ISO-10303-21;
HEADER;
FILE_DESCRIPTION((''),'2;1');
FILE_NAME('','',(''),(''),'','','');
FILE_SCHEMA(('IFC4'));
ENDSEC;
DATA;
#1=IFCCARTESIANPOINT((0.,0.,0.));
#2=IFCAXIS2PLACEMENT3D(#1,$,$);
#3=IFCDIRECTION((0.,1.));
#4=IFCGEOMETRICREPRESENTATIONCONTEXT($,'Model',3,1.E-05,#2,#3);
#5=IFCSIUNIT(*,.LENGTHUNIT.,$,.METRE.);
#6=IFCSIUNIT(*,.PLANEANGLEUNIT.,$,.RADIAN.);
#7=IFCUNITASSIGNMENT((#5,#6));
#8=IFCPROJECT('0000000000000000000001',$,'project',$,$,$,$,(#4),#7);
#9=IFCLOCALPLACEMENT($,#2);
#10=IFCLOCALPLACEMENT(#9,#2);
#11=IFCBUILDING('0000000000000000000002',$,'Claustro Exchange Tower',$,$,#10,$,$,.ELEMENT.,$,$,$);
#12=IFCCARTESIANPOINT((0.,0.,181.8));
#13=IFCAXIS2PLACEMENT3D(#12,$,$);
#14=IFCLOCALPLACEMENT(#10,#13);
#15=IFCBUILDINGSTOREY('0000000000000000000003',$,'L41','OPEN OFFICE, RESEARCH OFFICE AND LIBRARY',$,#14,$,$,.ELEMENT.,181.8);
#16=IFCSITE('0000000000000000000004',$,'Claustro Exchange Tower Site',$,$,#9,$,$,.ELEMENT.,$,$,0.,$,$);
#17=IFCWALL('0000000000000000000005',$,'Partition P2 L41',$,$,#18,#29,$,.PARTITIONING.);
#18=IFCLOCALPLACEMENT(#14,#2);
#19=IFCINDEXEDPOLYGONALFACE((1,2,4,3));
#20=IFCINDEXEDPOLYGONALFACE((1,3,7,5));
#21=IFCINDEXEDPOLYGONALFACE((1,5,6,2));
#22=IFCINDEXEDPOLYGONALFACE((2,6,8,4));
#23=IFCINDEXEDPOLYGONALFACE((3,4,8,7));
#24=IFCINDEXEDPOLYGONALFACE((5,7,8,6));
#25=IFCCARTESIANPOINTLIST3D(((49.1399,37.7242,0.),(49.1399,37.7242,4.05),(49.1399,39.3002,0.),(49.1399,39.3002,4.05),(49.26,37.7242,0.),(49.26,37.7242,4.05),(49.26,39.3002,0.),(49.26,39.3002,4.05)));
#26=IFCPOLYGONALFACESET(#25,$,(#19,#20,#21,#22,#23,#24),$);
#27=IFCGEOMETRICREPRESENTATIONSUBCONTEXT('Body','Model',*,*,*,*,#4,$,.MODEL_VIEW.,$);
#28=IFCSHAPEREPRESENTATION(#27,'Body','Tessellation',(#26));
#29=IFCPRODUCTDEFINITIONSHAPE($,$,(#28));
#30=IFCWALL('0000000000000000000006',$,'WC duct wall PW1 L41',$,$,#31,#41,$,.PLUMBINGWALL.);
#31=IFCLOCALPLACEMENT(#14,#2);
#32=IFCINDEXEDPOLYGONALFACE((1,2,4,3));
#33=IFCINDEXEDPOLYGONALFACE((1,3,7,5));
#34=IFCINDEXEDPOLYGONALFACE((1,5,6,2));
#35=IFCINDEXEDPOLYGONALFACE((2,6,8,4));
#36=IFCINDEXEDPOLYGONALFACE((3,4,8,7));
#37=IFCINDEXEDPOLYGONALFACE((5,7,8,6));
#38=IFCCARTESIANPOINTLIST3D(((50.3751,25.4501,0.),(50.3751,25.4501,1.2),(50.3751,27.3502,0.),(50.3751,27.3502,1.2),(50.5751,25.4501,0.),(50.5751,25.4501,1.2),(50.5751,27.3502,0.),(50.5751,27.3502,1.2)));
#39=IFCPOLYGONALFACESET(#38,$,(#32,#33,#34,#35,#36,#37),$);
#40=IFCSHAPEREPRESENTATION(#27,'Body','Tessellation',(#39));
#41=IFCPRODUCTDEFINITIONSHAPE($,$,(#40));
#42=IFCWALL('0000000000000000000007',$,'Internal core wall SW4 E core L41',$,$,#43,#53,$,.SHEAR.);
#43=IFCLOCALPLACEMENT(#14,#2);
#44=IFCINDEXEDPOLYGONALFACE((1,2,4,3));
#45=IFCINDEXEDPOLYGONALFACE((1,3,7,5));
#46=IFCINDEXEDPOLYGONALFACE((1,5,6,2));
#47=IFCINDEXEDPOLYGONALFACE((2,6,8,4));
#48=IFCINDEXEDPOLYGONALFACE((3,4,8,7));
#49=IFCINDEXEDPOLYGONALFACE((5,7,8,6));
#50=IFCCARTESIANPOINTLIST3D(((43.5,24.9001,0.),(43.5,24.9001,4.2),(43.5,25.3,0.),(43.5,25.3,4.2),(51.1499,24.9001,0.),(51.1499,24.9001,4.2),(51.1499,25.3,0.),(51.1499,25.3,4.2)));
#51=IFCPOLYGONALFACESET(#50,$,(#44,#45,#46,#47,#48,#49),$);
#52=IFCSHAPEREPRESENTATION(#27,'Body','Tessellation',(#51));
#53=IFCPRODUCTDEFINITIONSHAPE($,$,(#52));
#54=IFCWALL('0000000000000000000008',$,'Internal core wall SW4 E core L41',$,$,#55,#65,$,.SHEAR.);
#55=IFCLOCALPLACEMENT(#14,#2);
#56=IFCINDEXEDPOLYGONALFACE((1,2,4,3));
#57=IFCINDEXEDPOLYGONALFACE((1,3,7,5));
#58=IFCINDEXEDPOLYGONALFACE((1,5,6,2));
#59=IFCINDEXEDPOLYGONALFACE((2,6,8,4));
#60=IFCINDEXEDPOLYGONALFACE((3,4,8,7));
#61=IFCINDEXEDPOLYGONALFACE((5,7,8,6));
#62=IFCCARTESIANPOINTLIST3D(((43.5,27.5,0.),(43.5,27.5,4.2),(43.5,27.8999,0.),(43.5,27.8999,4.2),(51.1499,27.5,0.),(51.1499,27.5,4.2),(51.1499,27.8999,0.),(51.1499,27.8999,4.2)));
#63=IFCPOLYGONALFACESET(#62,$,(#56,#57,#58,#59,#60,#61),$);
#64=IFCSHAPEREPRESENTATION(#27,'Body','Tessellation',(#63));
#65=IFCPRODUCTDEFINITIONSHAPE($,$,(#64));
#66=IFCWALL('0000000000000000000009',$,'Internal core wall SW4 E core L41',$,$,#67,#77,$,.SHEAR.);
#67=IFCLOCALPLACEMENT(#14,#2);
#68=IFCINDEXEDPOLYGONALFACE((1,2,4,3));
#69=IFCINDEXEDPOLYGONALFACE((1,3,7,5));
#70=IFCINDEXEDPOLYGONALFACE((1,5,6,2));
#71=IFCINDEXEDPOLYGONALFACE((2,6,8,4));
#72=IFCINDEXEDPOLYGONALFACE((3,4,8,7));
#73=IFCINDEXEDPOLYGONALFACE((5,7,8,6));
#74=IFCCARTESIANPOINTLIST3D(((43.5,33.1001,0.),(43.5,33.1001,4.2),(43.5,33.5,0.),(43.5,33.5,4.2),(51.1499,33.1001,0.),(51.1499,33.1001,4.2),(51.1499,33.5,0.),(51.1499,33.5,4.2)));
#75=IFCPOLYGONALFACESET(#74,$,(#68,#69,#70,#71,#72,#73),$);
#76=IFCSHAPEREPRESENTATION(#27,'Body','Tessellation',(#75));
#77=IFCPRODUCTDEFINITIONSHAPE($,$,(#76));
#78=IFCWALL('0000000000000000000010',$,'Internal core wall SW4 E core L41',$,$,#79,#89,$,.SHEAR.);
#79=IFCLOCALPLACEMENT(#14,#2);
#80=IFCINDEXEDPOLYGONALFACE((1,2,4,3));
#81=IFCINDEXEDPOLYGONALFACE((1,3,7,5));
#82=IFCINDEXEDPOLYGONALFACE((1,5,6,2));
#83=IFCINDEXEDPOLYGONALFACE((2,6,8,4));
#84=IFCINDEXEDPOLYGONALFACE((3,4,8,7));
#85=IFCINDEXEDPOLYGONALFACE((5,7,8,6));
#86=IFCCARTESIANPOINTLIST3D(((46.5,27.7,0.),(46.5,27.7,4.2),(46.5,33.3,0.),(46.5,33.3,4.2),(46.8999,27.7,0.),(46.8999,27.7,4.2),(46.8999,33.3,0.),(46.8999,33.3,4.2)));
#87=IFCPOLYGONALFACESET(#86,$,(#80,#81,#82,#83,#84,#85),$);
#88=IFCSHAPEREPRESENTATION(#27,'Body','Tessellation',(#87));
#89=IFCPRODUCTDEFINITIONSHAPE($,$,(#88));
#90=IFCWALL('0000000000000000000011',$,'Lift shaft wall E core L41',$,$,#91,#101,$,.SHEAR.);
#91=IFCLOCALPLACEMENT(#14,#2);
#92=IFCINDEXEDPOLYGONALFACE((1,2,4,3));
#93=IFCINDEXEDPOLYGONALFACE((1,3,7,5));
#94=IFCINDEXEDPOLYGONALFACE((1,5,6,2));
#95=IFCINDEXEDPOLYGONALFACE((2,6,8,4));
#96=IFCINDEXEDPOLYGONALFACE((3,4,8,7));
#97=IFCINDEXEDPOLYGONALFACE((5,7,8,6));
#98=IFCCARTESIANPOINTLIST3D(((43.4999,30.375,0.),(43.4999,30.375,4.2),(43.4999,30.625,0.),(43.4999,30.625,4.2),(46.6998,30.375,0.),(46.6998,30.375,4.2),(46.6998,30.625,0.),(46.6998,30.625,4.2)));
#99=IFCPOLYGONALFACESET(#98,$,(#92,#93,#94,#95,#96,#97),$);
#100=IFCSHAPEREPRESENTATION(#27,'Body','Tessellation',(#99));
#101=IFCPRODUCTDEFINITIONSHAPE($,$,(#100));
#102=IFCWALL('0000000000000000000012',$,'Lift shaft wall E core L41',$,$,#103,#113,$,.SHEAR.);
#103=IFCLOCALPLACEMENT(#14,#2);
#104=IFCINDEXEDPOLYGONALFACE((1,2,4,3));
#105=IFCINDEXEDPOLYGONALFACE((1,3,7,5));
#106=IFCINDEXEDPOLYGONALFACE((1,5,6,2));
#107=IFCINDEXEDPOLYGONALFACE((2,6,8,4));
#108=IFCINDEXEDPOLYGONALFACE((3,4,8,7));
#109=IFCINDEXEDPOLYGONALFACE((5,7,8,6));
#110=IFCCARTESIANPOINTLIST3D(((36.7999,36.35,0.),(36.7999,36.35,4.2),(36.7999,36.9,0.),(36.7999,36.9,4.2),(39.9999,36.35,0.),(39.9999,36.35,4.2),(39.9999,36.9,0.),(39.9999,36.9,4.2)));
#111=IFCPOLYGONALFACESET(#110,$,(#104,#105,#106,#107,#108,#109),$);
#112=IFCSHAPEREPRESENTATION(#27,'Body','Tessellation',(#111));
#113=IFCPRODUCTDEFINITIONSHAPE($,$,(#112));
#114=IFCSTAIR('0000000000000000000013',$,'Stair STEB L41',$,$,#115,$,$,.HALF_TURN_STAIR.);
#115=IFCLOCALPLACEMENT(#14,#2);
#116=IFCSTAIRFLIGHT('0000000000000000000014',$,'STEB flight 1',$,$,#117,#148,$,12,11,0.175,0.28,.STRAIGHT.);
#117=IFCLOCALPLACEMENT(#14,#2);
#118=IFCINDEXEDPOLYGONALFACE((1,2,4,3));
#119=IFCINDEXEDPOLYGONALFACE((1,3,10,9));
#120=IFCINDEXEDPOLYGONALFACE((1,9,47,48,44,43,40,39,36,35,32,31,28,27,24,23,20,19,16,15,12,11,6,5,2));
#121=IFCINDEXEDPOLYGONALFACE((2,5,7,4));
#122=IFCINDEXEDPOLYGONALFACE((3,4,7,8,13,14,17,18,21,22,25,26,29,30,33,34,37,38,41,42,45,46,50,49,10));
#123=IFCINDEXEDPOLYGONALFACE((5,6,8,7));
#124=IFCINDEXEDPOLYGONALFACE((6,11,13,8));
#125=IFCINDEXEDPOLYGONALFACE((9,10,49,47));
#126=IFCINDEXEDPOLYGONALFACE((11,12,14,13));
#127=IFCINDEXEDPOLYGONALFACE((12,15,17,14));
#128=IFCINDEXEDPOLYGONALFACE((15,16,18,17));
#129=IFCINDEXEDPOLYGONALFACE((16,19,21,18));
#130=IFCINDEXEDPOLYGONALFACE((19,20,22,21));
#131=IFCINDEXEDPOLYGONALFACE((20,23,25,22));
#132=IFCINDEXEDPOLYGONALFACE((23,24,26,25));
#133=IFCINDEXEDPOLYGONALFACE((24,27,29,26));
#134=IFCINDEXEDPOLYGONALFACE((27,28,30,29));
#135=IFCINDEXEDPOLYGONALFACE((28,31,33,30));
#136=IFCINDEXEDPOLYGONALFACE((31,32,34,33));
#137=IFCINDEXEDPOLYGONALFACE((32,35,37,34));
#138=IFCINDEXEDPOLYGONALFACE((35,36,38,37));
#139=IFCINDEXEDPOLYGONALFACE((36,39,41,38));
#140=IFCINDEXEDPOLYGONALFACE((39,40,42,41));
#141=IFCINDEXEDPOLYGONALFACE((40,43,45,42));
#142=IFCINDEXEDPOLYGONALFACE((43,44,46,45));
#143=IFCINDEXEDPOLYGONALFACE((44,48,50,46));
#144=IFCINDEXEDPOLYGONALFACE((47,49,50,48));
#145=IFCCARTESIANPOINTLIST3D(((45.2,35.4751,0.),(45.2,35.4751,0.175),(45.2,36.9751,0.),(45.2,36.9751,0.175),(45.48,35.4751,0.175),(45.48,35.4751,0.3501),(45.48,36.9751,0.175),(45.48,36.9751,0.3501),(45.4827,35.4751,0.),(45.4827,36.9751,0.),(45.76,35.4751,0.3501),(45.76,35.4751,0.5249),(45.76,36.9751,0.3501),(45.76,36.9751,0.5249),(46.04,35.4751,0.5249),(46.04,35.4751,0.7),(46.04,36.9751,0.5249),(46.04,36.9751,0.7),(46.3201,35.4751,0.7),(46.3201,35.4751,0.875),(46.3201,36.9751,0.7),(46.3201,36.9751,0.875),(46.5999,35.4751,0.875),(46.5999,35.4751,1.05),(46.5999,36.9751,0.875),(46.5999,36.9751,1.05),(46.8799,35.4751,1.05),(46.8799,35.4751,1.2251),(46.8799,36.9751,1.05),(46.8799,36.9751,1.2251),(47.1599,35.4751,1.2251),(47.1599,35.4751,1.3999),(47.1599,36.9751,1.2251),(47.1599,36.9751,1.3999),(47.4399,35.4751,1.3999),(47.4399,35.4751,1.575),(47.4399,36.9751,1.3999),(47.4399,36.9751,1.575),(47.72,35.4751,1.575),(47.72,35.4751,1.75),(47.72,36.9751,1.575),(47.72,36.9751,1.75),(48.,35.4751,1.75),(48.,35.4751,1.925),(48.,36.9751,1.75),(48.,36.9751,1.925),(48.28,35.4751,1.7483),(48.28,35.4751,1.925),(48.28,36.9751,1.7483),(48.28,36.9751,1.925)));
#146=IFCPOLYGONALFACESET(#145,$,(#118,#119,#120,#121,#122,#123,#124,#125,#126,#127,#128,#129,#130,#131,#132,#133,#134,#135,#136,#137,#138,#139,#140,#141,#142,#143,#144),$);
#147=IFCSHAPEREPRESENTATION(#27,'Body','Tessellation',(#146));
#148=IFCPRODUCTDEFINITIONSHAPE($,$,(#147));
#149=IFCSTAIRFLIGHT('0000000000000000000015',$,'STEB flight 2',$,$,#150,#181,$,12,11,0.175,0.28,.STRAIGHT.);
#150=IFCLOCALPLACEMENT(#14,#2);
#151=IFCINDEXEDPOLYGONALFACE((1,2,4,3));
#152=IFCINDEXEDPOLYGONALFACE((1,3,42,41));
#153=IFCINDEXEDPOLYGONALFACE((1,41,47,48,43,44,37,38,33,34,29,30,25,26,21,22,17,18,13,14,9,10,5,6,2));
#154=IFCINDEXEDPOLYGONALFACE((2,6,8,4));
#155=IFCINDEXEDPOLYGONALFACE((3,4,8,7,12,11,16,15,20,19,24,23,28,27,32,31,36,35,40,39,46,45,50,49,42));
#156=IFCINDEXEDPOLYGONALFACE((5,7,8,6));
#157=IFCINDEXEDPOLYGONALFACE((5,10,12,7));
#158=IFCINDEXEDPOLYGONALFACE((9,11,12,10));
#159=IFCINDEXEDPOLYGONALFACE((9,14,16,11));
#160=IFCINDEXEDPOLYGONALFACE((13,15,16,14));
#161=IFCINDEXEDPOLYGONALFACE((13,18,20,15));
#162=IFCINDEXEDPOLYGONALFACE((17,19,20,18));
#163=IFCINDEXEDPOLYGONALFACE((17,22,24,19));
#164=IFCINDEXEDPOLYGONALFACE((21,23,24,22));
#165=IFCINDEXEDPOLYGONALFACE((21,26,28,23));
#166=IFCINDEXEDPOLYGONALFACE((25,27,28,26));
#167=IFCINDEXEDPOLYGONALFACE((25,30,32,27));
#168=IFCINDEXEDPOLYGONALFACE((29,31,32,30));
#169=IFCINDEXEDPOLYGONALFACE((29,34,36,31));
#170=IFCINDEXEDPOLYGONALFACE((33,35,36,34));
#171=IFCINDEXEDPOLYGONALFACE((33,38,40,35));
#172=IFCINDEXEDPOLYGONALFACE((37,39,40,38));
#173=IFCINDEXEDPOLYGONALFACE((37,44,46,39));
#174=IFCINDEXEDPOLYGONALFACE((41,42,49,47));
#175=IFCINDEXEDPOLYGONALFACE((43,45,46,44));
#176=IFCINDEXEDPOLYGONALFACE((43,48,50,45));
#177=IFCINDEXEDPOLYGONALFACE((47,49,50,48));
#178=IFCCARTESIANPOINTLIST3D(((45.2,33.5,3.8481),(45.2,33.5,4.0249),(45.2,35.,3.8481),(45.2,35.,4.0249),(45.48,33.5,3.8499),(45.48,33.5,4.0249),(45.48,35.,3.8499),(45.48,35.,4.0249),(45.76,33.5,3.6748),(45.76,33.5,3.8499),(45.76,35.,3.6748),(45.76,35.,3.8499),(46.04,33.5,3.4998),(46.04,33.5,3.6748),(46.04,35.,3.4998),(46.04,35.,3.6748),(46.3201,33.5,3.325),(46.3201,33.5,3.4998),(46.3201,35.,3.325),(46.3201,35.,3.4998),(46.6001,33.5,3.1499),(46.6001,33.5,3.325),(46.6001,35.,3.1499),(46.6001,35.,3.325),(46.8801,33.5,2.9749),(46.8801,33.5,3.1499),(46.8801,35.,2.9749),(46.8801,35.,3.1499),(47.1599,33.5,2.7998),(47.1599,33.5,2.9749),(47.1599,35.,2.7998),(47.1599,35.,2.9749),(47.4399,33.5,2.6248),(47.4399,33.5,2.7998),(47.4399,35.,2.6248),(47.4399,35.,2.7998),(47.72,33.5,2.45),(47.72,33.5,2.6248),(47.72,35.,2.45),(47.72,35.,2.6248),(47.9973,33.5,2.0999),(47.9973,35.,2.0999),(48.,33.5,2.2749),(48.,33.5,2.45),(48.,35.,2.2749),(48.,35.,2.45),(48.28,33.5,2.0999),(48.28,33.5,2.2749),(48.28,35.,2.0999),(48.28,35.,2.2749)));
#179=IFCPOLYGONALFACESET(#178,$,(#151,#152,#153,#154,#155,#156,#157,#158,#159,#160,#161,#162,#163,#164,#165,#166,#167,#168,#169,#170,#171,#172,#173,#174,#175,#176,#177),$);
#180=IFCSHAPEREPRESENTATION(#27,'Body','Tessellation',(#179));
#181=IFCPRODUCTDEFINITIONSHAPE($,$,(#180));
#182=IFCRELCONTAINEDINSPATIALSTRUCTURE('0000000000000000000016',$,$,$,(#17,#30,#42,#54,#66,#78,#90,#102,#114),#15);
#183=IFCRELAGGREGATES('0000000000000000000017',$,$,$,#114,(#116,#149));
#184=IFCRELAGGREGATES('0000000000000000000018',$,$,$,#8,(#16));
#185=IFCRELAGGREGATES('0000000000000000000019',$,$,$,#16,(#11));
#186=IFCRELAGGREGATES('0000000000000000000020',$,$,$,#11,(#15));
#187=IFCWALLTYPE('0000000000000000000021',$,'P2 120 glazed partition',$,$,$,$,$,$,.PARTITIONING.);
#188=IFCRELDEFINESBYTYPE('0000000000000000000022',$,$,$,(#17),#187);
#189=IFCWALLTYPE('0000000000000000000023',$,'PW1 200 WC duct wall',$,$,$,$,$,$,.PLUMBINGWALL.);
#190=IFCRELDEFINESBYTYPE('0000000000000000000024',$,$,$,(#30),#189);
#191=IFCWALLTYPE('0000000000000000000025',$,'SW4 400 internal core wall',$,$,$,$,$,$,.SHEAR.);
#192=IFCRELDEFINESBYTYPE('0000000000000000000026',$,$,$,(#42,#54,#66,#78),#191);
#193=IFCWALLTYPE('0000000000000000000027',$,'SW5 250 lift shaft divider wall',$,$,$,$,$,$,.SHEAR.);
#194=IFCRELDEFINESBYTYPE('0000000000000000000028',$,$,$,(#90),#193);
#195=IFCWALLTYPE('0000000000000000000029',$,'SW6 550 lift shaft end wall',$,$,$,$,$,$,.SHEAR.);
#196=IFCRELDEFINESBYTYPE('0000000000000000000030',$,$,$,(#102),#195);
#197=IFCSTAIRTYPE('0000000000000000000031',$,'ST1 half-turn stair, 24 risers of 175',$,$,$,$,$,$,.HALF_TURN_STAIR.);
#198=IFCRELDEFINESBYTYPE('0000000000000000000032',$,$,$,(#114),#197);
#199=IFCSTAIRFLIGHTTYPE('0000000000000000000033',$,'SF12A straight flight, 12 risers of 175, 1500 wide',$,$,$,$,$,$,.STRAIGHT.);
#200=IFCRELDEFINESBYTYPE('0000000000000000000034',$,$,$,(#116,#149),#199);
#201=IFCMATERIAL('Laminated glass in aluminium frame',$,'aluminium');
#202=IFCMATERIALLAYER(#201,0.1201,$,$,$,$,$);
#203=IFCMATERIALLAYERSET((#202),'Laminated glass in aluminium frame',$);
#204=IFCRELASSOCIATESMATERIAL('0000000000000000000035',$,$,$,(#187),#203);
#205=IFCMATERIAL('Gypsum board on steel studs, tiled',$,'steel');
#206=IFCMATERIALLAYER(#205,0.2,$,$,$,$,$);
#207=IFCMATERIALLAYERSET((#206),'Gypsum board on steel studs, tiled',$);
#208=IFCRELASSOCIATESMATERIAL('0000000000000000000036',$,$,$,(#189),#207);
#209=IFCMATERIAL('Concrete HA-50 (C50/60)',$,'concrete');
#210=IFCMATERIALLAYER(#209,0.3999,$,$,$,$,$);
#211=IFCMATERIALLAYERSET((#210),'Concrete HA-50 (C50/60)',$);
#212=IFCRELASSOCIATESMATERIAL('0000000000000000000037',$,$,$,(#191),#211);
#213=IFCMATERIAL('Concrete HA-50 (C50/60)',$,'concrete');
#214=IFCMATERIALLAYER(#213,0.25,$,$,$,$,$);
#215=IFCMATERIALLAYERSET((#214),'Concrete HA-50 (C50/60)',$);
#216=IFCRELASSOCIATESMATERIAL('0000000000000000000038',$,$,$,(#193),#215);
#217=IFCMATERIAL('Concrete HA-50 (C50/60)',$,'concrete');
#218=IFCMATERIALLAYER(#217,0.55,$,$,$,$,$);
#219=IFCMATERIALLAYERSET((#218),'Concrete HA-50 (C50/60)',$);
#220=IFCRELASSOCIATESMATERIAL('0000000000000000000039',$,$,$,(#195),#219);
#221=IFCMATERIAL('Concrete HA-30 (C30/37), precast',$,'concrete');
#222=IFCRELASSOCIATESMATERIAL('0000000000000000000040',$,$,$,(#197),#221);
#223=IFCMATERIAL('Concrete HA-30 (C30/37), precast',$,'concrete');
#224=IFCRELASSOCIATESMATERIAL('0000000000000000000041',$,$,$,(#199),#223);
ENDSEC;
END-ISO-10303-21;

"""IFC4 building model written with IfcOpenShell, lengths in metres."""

from ifc_helpers import new_model, si_unit, direction, frame, frame_2d, origin, place, context, subcontext, project, spatial, polyline, rectangle, outline, extrude, material, layer, layer_set, type_object, element, aggregate, save


model = new_model("IFC4")

# Units and contexts
model_context = context("Model", 3, precision=1e-05, world=origin(), true_north=direction((0.0, 1.0)))
body_context = subcontext(model_context, "Body", "Model", "MODEL_VIEW")
ifc_project = project(units=[si_unit("LENGTHUNIT", "METRE"), si_unit("PLANEANGLEUNIT", "RADIAN")], contexts=[model_context])

# Site, building, storey
site_placement = place(None, origin())
site = spatial("IfcSite", under=ifc_project, at=site_placement, Name="Claustro Exchange Tower Site", CompositionType="ELEMENT", RefElevation=0.0)
building_placement = place(site_placement, origin())
building = spatial("IfcBuilding", under=site, at=building_placement, Name="Claustro Exchange Tower", CompositionType="ELEMENT")
storey_placement = place(building_placement, frame((0.0, 0.0, 181.8)))
storey = spatial("IfcBuildingStorey", under=building, at=storey_placement, Name="L41", Description="OPEN OFFICE, RESEARCH OFFICE AND LIBRARY", CompositionType="ELEMENT", Elevation=181.8)

# Shared definitions
ifc_material_1 = material(Name="Laminated glass in aluminium frame", Category="aluminium")
ifc_layer_1 = layer(ifc_material_1, 0.1201)
ifc_layer_set_1 = layer_set([ifc_layer_1], Name="Laminated glass in aluminium frame")
wall_type_1 = type_object("IfcWallType", Name="P2 120 glazed partition", PredefinedType="PARTITIONING", material=ifc_layer_set_1)

# Walls
wall_1_placement = place(storey_placement, frame((49.2, 37.7241, 0.0), z_axis=(0.0, 0.0, 1.0), x_axis=(0.0, 1.0, 0.0)))
element("IfcWall", 1, at=wall_1_placement, inside=storey, type_object=wall_type_1, Name="Partition P2 L41", PredefinedType="PARTITIONING", context=body_context, shape_type="SweptSolid", body=[
    extrude(rectangle(XDim=1.5759, YDim=0.1201, at=frame_2d((0.7881, 0.0))), origin(), (0.0, 0.0, 1.0), 4.05),
])
ifc_material_2 = material(Name="Gypsum board on steel studs, tiled", Category="steel")
ifc_layer_2 = layer(ifc_material_2, 0.2)
ifc_layer_set_2 = layer_set([ifc_layer_2], Name="Gypsum board on steel studs, tiled")
wall_type_2 = type_object("IfcWallType", Name="PW1 200 WC duct wall", PredefinedType="PLUMBINGWALL", material=ifc_layer_set_2)
wall_2_placement = place(storey_placement, frame((50.4751, 25.45, 0.0), z_axis=(0.0, 0.0, 1.0), x_axis=(0.0, 1.0, 0.0)))
element("IfcWall", 2, at=wall_2_placement, inside=storey, type_object=wall_type_2, Name="WC duct wall PW1 L41", PredefinedType="PLUMBINGWALL", context=body_context, shape_type="SweptSolid", body=[
    extrude(rectangle(XDim=1.9001, YDim=0.2, at=frame_2d((0.9502, 0.0))), origin(), (0.0, 0.0, 1.0), 1.2),
])
ifc_material_3 = material(Name="Concrete HA-50 (C50/60)", Category="concrete")
ifc_layer_3 = layer(ifc_material_3, 0.3999)
ifc_layer_set_3 = layer_set([ifc_layer_3], Name="Concrete HA-50 (C50/60)")
wall_type_3 = type_object("IfcWallType", Name="SW4 400 internal core wall", PredefinedType="SHEAR", material=ifc_layer_set_3)
for number, where, z_axis, x_axis, name in (
    (3, (51.1499, 25.1001, 0.0), (0.0, 0.0, 1.0), (-1.0, 0.0, 0.0), "Internal core wall SW4 E core L41"),
    (4, (51.1499, 27.7, 0.0), (0.0, 0.0, 1.0), (-1.0, 0.0, 0.0), "Internal core wall SW4 E core L41"),
    (5, (51.1499, 33.3, 0.0), (0.0, 0.0, 1.0), (-1.0, 0.0, 0.0), "Internal core wall SW4 E core L41"),
):
    element("IfcWall", number, at=place(storey_placement, frame(where, z_axis=z_axis, x_axis=x_axis)), inside=storey, type_object=wall_type_3, Name=name, PredefinedType="SHEAR", context=body_context, shape_type="SweptSolid", body=[
        extrude(rectangle(XDim=7.6499, YDim=0.3999, at=frame_2d((3.825, 0.0))), origin(), (0.0, 0.0, 1.0), 4.2),
    ])
wall_3_placement = place(storey_placement, frame((46.7, 27.7, 0.0), z_axis=(0.0, 0.0, 1.0), x_axis=(0.0, 1.0, 0.0)))
element("IfcWall", 6, at=wall_3_placement, inside=storey, type_object=wall_type_3, Name="Internal core wall SW4 E core L41", PredefinedType="SHEAR", context=body_context, shape_type="SweptSolid", body=[
    extrude(rectangle(XDim=5.6001, YDim=0.3999, at=frame_2d((2.8, 0.0))), origin(), (0.0, 0.0, 1.0), 4.2),
])
ifc_material_4 = material(Name="Concrete HA-50 (C50/60)", Category="concrete")
ifc_layer_4 = layer(ifc_material_4, 0.25)
ifc_layer_set_4 = layer_set([ifc_layer_4], Name="Concrete HA-50 (C50/60)")
wall_type_4 = type_object("IfcWallType", Name="SW5 250 lift shaft divider wall", PredefinedType="SHEAR", material=ifc_layer_set_4)
wall_4_placement = place(storey_placement, frame((46.7, 30.5, 0.0), z_axis=(0.0, 0.0, 1.0), x_axis=(-1.0, 0.0, 0.0)))
element("IfcWall", 7, at=wall_4_placement, inside=storey, type_object=wall_type_4, Name="Lift shaft wall E core L41", PredefinedType="SHEAR", context=body_context, shape_type="SweptSolid", body=[
    extrude(rectangle(XDim=3.2, YDim=0.25, at=frame_2d((1.6001, 0.0))), origin(), (0.0, 0.0, 1.0), 4.2),
])
ifc_material_5 = material(Name="Concrete HA-50 (C50/60)", Category="concrete")
ifc_layer_5 = layer(ifc_material_5, 0.55)
ifc_layer_set_5 = layer_set([ifc_layer_5], Name="Concrete HA-50 (C50/60)")
wall_type_5 = type_object("IfcWallType", Name="SW6 550 lift shaft end wall", PredefinedType="SHEAR", material=ifc_layer_set_5)
wall_5_placement = place(storey_placement, frame((40.0, 36.625, 0.0), z_axis=(0.0, 0.0, 1.0), x_axis=(-1.0, 0.0, 0.0)))
element("IfcWall", 8, at=wall_5_placement, inside=storey, type_object=wall_type_5, Name="Lift shaft wall E core L41", PredefinedType="SHEAR", context=body_context, shape_type="SweptSolid", body=[
    extrude(rectangle(XDim=3.2, YDim=0.55, at=frame_2d((1.6001, 0.0))), origin(), (0.0, 0.0, 1.0), 4.2),
])

# Stair, stair flights
ifc_material_6 = material(Name="Concrete HA-30 (C30/37), precast", Category="concrete")
stair_type = type_object("IfcStairType", Name="ST1 half-turn stair, 24 risers of 175", PredefinedType="HALF_TURN_STAIR", material=ifc_material_6)
stair_placement = place(storey_placement, origin())
stair = element("IfcStair", 9, at=stair_placement, inside=storey, type_object=stair_type, Name="Stair STEB L41", PredefinedType="HALF_TURN_STAIR")
ifc_material_7 = material(Name="Concrete HA-30 (C30/37), precast", Category="concrete")
stair_flight_type = type_object("IfcStairFlightType", Name="SF12A straight flight, 12 risers of 175, 1500 wide", PredefinedType="STRAIGHT", material=ifc_material_7)
stair_flight_1_placement = place(storey_placement, frame((45.2, 36.2251, 0.0), z_axis=(0.0, 0.0, 1.0), x_axis=(1.0, 0.0, 0.0)))
stair_flight_1 = element("IfcStairFlight", 10, at=stair_flight_1_placement, type_object=stair_flight_type, Name="STEB flight 1", NumberOfRisers=12, NumberOfTreads=11, PredefinedType="STRAIGHT", RiserHeight=0.175, TreadLength=0.28, context=body_context, shape_type="SweptSolid", body=[
    extrude(outline(polyline([(0.0, 0.0), (0.0, 0.175), (0.28, 0.175), (0.28, 0.3501), (0.5601, 0.3501), (0.5601, 0.5249), (0.8401, 0.5249), (0.8401, 0.7), (1.1201, 0.7), (1.1201, 0.875), (1.3999, 0.875), (1.3999, 1.05), (1.6799, 1.05), (1.6799, 1.2251), (1.96, 1.2251), (1.96, 1.3999), (2.24, 1.3999), (2.24, 1.575), (2.52, 1.575), (2.52, 1.75), (2.8, 1.75), (2.8, 1.925), (3.0801, 1.925), (3.0801, 2.1001), (3.0801, 1.7483), (0.2827, 0.0), (0.0, 0.0)])), frame((0.0, 0.75, 0.0), z_axis=(0.0, -1.0, 0.0), x_axis=(1.0, 0.0, 0.0)), (0.0, 0.0, 1.0), 1.5),
])
stair_flight_2_placement = place(storey_placement, frame((48.28, 34.25, 2.0999), z_axis=(0.0, 0.0, 1.0), x_axis=(-1.0, 0.0, 0.0)))
stair_flight_2 = element("IfcStairFlight", 11, at=stair_flight_2_placement, type_object=stair_flight_type, Name="STEB flight 2", NumberOfRisers=12, NumberOfTreads=11, PredefinedType="STRAIGHT", RiserHeight=0.175, TreadLength=0.28, context=body_context, shape_type="SweptSolid", body=[
    extrude(outline(polyline([(0.0, 0.0), (0.0, 0.175), (0.28, 0.175), (0.28, 0.3501), (0.5601, 0.3501), (0.5601, 0.5249), (0.8401, 0.5249), (0.8401, 0.7), (1.1201, 0.7), (1.1201, 0.875), (1.3999, 0.875), (1.3999, 1.05), (1.6799, 1.05), (1.6799, 1.2251), (1.96, 1.2251), (1.96, 1.3999), (2.24, 1.3999), (2.24, 1.575), (2.52, 1.575), (2.52, 1.75), (2.8, 1.75), (2.8, 1.925), (3.0801, 1.925), (3.0801, 2.1001), (3.0801, 1.7483), (0.2827, 0.0), (0.0, 0.0)])), frame((0.0, 0.75, 0.0), z_axis=(0.0, -1.0, 0.0), x_axis=(1.0, 0.0, 0.0)), (0.0, 0.0, 1.0), 1.5),
])
aggregate(stair, [stair_flight_1, stair_flight_2])

save(model, "model.ifc")
